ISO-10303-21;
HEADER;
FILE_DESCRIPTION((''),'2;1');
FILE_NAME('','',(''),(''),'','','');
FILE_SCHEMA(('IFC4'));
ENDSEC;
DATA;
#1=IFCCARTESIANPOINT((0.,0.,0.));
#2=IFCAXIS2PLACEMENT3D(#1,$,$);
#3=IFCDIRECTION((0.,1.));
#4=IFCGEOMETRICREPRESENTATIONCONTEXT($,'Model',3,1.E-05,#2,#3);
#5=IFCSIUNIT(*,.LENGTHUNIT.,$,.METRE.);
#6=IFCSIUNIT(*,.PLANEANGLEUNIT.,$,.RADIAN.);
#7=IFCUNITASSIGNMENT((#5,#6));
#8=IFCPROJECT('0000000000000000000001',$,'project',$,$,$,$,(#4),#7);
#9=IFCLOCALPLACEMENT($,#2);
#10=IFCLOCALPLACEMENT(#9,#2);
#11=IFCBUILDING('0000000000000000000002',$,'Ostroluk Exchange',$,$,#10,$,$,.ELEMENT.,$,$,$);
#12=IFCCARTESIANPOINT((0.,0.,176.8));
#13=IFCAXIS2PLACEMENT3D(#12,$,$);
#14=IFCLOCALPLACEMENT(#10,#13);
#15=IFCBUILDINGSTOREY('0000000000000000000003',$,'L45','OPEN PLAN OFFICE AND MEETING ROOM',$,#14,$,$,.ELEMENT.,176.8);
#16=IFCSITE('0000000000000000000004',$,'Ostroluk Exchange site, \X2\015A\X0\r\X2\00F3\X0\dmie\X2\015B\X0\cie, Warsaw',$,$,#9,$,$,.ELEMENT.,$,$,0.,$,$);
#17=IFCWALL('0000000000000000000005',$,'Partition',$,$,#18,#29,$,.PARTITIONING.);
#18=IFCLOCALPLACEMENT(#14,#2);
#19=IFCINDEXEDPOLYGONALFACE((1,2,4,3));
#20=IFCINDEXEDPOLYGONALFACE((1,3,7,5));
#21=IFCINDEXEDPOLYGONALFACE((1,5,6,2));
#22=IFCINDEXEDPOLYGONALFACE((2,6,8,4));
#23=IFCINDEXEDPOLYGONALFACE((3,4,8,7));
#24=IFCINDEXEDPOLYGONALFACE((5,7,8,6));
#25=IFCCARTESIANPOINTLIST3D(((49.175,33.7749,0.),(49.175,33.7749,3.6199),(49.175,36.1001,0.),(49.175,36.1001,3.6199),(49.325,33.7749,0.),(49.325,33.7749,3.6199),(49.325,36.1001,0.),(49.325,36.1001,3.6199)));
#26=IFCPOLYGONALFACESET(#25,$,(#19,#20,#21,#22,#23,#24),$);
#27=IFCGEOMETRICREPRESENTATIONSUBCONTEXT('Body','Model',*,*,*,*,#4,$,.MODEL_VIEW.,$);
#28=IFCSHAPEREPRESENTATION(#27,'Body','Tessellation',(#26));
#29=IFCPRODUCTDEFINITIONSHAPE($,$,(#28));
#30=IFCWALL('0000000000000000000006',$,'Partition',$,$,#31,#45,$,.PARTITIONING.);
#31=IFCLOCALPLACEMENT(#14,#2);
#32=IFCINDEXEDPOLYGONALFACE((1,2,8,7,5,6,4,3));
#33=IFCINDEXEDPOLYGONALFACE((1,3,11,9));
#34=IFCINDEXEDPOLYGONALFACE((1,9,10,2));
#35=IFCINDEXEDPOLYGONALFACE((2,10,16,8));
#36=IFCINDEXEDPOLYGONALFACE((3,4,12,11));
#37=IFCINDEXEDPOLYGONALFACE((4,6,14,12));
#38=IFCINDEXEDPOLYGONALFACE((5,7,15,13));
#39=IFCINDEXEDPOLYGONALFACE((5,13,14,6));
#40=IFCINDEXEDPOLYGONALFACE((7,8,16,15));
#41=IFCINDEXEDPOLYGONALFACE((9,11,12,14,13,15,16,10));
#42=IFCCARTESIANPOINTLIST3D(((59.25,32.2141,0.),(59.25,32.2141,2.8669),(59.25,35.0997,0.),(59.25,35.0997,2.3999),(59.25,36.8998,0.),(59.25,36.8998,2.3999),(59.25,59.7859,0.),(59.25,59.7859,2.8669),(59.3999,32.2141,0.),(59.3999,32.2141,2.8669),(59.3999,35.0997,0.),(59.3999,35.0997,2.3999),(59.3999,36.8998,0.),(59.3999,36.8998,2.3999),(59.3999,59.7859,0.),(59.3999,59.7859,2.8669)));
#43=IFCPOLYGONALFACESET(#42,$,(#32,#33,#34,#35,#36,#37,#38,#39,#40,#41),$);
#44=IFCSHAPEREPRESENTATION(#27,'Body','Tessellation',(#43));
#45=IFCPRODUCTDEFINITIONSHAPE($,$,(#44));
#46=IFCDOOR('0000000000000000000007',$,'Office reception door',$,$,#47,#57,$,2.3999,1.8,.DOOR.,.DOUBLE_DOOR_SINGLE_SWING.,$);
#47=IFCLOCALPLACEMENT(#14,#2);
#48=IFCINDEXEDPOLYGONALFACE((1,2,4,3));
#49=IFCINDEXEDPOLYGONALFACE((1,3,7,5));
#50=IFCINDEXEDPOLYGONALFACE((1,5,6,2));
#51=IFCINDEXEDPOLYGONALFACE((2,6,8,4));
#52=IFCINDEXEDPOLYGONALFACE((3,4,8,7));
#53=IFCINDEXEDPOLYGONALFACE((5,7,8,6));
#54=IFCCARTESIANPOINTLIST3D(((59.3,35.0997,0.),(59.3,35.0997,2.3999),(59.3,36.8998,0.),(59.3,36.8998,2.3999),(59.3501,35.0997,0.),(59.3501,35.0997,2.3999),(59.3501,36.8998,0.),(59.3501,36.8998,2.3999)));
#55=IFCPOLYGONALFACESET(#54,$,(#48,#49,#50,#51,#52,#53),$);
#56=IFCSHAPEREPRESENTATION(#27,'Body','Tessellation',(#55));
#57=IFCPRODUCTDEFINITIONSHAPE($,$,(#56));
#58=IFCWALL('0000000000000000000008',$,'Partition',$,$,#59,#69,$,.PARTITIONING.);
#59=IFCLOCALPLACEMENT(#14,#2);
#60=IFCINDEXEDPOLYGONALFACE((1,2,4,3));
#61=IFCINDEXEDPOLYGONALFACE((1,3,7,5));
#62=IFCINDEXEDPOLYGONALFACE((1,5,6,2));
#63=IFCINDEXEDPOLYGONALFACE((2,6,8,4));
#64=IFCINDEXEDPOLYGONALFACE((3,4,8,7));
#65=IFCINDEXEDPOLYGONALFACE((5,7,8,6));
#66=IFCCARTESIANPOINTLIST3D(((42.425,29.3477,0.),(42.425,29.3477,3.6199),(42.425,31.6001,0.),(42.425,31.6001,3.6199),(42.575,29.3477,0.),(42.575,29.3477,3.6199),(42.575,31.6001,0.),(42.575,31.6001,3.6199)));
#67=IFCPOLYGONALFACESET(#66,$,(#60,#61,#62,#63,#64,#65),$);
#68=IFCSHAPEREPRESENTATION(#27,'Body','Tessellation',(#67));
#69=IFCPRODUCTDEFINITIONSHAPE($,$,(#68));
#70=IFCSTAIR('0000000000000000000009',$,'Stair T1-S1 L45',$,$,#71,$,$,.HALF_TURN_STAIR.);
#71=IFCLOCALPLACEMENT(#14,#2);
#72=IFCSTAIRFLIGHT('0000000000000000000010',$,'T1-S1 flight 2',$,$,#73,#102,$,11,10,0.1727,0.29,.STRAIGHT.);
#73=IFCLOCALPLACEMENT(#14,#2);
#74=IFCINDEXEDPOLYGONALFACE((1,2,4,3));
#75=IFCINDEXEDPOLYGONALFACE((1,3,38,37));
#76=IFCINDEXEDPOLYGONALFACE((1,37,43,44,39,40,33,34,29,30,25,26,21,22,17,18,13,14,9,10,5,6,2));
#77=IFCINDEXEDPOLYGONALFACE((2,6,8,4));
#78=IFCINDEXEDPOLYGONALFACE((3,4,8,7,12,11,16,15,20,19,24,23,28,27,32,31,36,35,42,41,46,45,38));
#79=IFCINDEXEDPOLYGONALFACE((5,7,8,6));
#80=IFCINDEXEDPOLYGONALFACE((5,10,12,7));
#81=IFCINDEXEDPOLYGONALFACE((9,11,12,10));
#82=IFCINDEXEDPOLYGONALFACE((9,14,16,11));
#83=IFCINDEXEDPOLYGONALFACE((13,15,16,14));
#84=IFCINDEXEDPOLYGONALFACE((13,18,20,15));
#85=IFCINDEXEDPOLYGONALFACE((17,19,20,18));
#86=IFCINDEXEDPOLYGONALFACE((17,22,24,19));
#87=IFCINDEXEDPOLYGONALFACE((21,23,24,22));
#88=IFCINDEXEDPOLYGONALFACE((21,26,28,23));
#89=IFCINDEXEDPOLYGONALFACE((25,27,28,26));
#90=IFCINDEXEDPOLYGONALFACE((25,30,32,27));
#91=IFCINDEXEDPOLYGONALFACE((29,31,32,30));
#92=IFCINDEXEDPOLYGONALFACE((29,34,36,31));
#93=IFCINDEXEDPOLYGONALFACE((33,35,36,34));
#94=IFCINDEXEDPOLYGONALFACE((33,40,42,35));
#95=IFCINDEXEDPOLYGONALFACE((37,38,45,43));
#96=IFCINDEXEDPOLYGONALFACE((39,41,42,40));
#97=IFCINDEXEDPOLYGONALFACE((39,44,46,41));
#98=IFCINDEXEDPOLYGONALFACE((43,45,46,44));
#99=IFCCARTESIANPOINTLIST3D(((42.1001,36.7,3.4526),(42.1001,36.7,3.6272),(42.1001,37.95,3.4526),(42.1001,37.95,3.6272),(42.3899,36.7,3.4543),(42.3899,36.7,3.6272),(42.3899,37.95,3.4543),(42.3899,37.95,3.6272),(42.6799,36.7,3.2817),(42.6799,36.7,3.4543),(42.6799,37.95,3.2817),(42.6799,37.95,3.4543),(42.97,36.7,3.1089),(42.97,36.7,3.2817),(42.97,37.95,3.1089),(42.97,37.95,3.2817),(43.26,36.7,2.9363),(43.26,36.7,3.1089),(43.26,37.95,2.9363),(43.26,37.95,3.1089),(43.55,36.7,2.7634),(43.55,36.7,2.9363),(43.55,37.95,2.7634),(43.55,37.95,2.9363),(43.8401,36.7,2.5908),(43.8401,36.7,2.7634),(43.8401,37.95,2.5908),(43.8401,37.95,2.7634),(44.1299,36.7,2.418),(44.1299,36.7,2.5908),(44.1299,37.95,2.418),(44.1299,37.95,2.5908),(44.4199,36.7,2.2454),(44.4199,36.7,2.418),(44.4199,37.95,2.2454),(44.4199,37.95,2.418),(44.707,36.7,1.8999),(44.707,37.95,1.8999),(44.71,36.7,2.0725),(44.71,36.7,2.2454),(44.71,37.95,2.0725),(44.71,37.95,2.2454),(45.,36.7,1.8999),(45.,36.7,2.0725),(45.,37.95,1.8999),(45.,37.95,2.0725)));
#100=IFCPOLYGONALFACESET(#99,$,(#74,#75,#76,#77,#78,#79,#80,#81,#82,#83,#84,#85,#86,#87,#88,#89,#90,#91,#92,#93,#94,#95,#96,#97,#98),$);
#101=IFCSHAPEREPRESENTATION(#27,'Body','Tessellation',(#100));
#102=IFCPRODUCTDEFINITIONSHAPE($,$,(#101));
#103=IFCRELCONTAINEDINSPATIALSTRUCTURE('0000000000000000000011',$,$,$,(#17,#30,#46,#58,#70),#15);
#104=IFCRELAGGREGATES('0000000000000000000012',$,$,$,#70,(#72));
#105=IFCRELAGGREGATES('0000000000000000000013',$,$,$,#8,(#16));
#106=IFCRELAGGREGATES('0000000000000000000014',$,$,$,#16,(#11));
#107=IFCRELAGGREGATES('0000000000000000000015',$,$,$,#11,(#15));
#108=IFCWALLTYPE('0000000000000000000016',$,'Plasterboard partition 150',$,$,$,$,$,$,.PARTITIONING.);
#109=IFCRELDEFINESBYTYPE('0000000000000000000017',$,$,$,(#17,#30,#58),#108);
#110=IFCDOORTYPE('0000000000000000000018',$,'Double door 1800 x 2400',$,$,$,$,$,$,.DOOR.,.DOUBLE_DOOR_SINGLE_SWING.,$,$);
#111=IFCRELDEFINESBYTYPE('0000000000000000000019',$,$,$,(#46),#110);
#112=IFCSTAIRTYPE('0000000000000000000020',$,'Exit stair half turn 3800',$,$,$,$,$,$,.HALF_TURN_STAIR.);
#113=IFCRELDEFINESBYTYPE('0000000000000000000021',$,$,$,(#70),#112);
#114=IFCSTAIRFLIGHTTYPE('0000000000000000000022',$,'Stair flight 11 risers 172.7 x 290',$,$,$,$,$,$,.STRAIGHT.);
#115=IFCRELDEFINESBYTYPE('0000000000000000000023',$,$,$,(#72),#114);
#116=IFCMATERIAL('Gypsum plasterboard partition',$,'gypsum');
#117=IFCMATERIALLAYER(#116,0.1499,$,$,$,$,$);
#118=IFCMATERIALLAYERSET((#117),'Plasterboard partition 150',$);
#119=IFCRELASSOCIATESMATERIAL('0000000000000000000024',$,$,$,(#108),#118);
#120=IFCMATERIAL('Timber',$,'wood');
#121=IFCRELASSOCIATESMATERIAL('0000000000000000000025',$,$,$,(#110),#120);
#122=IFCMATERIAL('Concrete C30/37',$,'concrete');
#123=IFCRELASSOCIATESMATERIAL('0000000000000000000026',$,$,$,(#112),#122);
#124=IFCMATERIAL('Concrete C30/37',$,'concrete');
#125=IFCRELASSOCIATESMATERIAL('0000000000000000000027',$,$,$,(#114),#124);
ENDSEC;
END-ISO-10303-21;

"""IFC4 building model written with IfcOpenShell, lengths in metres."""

from ifc_helpers import new_model, si_unit, direction, frame, frame_2d, origin, place, context, subcontext, project, spatial, polyline, rectangle, outline, extrude, material, layer, layer_set, type_object, element, fill, aggregate, save


model = new_model("IFC4")

# Units and contexts
model_context = context("Model", 3, precision=1e-05, world=origin(), true_north=direction((0.0, 1.0)))
body_context = subcontext(model_context, "Body", "Model", "MODEL_VIEW")
ifc_project = project(units=[si_unit("LENGTHUNIT", "METRE"), si_unit("PLANEANGLEUNIT", "RADIAN")], contexts=[model_context])

# Site, building, storey
site_placement = place(None, origin())
site = spatial("IfcSite", under=ifc_project, at=site_placement, Name="Ostroluk Exchange site, Śródmieście, Warsaw", CompositionType="ELEMENT", RefElevation=0.0)
building_placement = place(site_placement, origin())
building = spatial("IfcBuilding", under=site, at=building_placement, Name="Ostroluk Exchange", CompositionType="ELEMENT")
storey_placement = place(building_placement, frame((0.0, 0.0, 176.8)))
storey = spatial("IfcBuildingStorey", under=building, at=storey_placement, Name="L45", Description="OPEN PLAN OFFICE AND MEETING ROOM", CompositionType="ELEMENT", Elevation=176.8)

# Shared definitions
ifc_material_1 = material(Name="Gypsum plasterboard partition", Category="gypsum")
ifc_layer_1 = layer(ifc_material_1, 0.1499)
ifc_layer_set_1 = layer_set([ifc_layer_1], Name="Plasterboard partition 150")
wall_type_1 = type_object("IfcWallType", Name="Plasterboard partition 150", PredefinedType="PARTITIONING", material=ifc_layer_set_1)

# Wall
for number, where, z_axis, x_axis, name in (
    (1, (49.25, 36.1001, 0.0), (0.0, 0.0, 1.0), (0.0, -1.0, 0.0), "Partition"),
):
    element("IfcWall", number, at=place(storey_placement, frame(where, z_axis=z_axis, x_axis=x_axis)), inside=storey, type_object=wall_type_1, Name=name, PredefinedType="PARTITIONING", context=body_context, shape_type="SweptSolid", body=[
        extrude(rectangle(XDim=2.3252, YDim=0.1499, at=frame_2d((1.1626, 0.0))), origin(), (0.0, 0.0, 1.0), 3.6199),
    ])

# Wall, opening, door
wall_1_placement = place(storey_placement, frame((59.325, 32.2141, 0.0), z_axis=(0.0, 0.0, 1.0), x_axis=(0.0, 1.0, 0.0)))
wall_1 = element("IfcWall", 2, at=wall_1_placement, inside=storey, type_object=wall_type_1, Name="Partition", PredefinedType="PARTITIONING", context=body_context, shape_type="SweptSolid", body=[
    extrude(rectangle(XDim=27.5718, YDim=0.1499, at=frame_2d((13.7859, 0.0))), origin(), (0.0, 0.0, 1.0), 2.8669),
])
opening_1_placement = place(wall_1_placement, frame((2.8857, 0.0, 0.0)))
opening_1 = element("IfcOpeningElement", 3, at=opening_1_placement, cuts=wall_1, PredefinedType="OPENING", context=body_context, shape_type="SweptSolid", body=[
    extrude(rectangle(XDim=1.8, YDim=2.3999, at=frame_2d((0.8999, 1.2))), frame((0.0, 0.085, 0.0), z_axis=(0.0, -1.0, 0.0), x_axis=(1.0, 0.0, 0.0)), (0.0, 0.0, 1.0), 0.1699),
])
ifc_material_2 = material(Name="Timber", Category="wood")
door_type_1 = type_object("IfcDoorType", Name="Double door 1800 x 2400", OperationType="DOUBLE_DOOR_SINGLE_SWING", PredefinedType="DOOR", material=ifc_material_2)
door_1_placement = place(opening_1_placement, origin())
door_1 = element("IfcDoor", 4, at=door_1_placement, inside=storey, type_object=door_type_1, Name="Office reception door", OperationType="DOUBLE_DOOR_SINGLE_SWING", OverallHeight=2.3999, OverallWidth=1.8, PredefinedType="DOOR", context=body_context, shape_type="SweptSolid", body=[
    extrude(rectangle(XDim=1.8, YDim=2.3999, at=frame_2d((0.8999, 1.2))), frame((0.0, 0.0249, 0.0), z_axis=(0.0, -1.0, 0.0), x_axis=(1.0, 0.0, 0.0)), (0.0, 0.0, 1.0), 0.05),
])
fill(opening_1, door_1)

# Wall
wall_2_placement = place(storey_placement, frame((42.5, 31.6001, 0.0), z_axis=(0.0, 0.0, 1.0), x_axis=(0.0, -1.0, 0.0)))
element("IfcWall", 5, at=wall_2_placement, inside=storey, type_object=wall_type_1, Name="Partition", PredefinedType="PARTITIONING", context=body_context, shape_type="SweptSolid", body=[
    extrude(rectangle(XDim=2.2524, YDim=0.1499, at=frame_2d((1.1262, 0.0))), origin(), (0.0, 0.0, 1.0), 3.6199),
])

# Stair, stair flight
ifc_material_3 = material(Name="Concrete C30/37", Category="concrete")
stair_type = type_object("IfcStairType", Name="Exit stair half turn 3800", PredefinedType="HALF_TURN_STAIR", material=ifc_material_3)
stair_placement = place(storey_placement, origin())
stair = element("IfcStair", 6, at=stair_placement, inside=storey, type_object=stair_type, Name="Stair T1-S1 L45", PredefinedType="HALF_TURN_STAIR")
ifc_material_4 = material(Name="Concrete C30/37", Category="concrete")
stair_flight_type = type_object("IfcStairFlightType", Name="Stair flight 11 risers 172.7 x 290", PredefinedType="STRAIGHT", material=ifc_material_4)
stair_flight_placement = place(storey_placement, frame((45.0, 37.325, 1.8999), z_axis=(0.0, 0.0, 1.0), x_axis=(-1.0, 0.0, 0.0)))
stair_flight = element("IfcStairFlight", 7, at=stair_flight_placement, type_object=stair_flight_type, Name="T1-S1 flight 2", NumberOfRisers=11, NumberOfTreads=10, PredefinedType="STRAIGHT", RiserHeight=0.1727, TreadLength=0.29, context=body_context, shape_type="SweptSolid", body=[
    extrude(outline(polyline([(0.0, 0.0), (0.0, 0.1726), (0.29, 0.1726), (0.29, 0.3455), (0.5801, 0.3455), (0.5801, 0.5181), (0.8701, 0.5181), (0.8701, 0.6909), (1.1599, 0.6909), (1.1599, 0.8635), (1.45, 0.8635), (1.45, 1.0364), (1.74, 1.0364), (1.74, 1.209), (2.03, 1.209), (2.03, 1.3818), (2.3201, 1.3818), (2.3201, 1.5544), (2.6101, 1.5544), (2.6101, 1.7273), (2.8999, 1.7273), (2.8999, 1.8999), (2.8999, 1.5527), (0.293, 0.0), (0.0, 0.0)])), frame((0.0, 0.625, 0.0), z_axis=(0.0, -1.0, 0.0), x_axis=(1.0, 0.0, 0.0)), (0.0, 0.0, 1.0), 1.25),
])
aggregate(stair, [stair_flight])

save(model, "model.ifc")
